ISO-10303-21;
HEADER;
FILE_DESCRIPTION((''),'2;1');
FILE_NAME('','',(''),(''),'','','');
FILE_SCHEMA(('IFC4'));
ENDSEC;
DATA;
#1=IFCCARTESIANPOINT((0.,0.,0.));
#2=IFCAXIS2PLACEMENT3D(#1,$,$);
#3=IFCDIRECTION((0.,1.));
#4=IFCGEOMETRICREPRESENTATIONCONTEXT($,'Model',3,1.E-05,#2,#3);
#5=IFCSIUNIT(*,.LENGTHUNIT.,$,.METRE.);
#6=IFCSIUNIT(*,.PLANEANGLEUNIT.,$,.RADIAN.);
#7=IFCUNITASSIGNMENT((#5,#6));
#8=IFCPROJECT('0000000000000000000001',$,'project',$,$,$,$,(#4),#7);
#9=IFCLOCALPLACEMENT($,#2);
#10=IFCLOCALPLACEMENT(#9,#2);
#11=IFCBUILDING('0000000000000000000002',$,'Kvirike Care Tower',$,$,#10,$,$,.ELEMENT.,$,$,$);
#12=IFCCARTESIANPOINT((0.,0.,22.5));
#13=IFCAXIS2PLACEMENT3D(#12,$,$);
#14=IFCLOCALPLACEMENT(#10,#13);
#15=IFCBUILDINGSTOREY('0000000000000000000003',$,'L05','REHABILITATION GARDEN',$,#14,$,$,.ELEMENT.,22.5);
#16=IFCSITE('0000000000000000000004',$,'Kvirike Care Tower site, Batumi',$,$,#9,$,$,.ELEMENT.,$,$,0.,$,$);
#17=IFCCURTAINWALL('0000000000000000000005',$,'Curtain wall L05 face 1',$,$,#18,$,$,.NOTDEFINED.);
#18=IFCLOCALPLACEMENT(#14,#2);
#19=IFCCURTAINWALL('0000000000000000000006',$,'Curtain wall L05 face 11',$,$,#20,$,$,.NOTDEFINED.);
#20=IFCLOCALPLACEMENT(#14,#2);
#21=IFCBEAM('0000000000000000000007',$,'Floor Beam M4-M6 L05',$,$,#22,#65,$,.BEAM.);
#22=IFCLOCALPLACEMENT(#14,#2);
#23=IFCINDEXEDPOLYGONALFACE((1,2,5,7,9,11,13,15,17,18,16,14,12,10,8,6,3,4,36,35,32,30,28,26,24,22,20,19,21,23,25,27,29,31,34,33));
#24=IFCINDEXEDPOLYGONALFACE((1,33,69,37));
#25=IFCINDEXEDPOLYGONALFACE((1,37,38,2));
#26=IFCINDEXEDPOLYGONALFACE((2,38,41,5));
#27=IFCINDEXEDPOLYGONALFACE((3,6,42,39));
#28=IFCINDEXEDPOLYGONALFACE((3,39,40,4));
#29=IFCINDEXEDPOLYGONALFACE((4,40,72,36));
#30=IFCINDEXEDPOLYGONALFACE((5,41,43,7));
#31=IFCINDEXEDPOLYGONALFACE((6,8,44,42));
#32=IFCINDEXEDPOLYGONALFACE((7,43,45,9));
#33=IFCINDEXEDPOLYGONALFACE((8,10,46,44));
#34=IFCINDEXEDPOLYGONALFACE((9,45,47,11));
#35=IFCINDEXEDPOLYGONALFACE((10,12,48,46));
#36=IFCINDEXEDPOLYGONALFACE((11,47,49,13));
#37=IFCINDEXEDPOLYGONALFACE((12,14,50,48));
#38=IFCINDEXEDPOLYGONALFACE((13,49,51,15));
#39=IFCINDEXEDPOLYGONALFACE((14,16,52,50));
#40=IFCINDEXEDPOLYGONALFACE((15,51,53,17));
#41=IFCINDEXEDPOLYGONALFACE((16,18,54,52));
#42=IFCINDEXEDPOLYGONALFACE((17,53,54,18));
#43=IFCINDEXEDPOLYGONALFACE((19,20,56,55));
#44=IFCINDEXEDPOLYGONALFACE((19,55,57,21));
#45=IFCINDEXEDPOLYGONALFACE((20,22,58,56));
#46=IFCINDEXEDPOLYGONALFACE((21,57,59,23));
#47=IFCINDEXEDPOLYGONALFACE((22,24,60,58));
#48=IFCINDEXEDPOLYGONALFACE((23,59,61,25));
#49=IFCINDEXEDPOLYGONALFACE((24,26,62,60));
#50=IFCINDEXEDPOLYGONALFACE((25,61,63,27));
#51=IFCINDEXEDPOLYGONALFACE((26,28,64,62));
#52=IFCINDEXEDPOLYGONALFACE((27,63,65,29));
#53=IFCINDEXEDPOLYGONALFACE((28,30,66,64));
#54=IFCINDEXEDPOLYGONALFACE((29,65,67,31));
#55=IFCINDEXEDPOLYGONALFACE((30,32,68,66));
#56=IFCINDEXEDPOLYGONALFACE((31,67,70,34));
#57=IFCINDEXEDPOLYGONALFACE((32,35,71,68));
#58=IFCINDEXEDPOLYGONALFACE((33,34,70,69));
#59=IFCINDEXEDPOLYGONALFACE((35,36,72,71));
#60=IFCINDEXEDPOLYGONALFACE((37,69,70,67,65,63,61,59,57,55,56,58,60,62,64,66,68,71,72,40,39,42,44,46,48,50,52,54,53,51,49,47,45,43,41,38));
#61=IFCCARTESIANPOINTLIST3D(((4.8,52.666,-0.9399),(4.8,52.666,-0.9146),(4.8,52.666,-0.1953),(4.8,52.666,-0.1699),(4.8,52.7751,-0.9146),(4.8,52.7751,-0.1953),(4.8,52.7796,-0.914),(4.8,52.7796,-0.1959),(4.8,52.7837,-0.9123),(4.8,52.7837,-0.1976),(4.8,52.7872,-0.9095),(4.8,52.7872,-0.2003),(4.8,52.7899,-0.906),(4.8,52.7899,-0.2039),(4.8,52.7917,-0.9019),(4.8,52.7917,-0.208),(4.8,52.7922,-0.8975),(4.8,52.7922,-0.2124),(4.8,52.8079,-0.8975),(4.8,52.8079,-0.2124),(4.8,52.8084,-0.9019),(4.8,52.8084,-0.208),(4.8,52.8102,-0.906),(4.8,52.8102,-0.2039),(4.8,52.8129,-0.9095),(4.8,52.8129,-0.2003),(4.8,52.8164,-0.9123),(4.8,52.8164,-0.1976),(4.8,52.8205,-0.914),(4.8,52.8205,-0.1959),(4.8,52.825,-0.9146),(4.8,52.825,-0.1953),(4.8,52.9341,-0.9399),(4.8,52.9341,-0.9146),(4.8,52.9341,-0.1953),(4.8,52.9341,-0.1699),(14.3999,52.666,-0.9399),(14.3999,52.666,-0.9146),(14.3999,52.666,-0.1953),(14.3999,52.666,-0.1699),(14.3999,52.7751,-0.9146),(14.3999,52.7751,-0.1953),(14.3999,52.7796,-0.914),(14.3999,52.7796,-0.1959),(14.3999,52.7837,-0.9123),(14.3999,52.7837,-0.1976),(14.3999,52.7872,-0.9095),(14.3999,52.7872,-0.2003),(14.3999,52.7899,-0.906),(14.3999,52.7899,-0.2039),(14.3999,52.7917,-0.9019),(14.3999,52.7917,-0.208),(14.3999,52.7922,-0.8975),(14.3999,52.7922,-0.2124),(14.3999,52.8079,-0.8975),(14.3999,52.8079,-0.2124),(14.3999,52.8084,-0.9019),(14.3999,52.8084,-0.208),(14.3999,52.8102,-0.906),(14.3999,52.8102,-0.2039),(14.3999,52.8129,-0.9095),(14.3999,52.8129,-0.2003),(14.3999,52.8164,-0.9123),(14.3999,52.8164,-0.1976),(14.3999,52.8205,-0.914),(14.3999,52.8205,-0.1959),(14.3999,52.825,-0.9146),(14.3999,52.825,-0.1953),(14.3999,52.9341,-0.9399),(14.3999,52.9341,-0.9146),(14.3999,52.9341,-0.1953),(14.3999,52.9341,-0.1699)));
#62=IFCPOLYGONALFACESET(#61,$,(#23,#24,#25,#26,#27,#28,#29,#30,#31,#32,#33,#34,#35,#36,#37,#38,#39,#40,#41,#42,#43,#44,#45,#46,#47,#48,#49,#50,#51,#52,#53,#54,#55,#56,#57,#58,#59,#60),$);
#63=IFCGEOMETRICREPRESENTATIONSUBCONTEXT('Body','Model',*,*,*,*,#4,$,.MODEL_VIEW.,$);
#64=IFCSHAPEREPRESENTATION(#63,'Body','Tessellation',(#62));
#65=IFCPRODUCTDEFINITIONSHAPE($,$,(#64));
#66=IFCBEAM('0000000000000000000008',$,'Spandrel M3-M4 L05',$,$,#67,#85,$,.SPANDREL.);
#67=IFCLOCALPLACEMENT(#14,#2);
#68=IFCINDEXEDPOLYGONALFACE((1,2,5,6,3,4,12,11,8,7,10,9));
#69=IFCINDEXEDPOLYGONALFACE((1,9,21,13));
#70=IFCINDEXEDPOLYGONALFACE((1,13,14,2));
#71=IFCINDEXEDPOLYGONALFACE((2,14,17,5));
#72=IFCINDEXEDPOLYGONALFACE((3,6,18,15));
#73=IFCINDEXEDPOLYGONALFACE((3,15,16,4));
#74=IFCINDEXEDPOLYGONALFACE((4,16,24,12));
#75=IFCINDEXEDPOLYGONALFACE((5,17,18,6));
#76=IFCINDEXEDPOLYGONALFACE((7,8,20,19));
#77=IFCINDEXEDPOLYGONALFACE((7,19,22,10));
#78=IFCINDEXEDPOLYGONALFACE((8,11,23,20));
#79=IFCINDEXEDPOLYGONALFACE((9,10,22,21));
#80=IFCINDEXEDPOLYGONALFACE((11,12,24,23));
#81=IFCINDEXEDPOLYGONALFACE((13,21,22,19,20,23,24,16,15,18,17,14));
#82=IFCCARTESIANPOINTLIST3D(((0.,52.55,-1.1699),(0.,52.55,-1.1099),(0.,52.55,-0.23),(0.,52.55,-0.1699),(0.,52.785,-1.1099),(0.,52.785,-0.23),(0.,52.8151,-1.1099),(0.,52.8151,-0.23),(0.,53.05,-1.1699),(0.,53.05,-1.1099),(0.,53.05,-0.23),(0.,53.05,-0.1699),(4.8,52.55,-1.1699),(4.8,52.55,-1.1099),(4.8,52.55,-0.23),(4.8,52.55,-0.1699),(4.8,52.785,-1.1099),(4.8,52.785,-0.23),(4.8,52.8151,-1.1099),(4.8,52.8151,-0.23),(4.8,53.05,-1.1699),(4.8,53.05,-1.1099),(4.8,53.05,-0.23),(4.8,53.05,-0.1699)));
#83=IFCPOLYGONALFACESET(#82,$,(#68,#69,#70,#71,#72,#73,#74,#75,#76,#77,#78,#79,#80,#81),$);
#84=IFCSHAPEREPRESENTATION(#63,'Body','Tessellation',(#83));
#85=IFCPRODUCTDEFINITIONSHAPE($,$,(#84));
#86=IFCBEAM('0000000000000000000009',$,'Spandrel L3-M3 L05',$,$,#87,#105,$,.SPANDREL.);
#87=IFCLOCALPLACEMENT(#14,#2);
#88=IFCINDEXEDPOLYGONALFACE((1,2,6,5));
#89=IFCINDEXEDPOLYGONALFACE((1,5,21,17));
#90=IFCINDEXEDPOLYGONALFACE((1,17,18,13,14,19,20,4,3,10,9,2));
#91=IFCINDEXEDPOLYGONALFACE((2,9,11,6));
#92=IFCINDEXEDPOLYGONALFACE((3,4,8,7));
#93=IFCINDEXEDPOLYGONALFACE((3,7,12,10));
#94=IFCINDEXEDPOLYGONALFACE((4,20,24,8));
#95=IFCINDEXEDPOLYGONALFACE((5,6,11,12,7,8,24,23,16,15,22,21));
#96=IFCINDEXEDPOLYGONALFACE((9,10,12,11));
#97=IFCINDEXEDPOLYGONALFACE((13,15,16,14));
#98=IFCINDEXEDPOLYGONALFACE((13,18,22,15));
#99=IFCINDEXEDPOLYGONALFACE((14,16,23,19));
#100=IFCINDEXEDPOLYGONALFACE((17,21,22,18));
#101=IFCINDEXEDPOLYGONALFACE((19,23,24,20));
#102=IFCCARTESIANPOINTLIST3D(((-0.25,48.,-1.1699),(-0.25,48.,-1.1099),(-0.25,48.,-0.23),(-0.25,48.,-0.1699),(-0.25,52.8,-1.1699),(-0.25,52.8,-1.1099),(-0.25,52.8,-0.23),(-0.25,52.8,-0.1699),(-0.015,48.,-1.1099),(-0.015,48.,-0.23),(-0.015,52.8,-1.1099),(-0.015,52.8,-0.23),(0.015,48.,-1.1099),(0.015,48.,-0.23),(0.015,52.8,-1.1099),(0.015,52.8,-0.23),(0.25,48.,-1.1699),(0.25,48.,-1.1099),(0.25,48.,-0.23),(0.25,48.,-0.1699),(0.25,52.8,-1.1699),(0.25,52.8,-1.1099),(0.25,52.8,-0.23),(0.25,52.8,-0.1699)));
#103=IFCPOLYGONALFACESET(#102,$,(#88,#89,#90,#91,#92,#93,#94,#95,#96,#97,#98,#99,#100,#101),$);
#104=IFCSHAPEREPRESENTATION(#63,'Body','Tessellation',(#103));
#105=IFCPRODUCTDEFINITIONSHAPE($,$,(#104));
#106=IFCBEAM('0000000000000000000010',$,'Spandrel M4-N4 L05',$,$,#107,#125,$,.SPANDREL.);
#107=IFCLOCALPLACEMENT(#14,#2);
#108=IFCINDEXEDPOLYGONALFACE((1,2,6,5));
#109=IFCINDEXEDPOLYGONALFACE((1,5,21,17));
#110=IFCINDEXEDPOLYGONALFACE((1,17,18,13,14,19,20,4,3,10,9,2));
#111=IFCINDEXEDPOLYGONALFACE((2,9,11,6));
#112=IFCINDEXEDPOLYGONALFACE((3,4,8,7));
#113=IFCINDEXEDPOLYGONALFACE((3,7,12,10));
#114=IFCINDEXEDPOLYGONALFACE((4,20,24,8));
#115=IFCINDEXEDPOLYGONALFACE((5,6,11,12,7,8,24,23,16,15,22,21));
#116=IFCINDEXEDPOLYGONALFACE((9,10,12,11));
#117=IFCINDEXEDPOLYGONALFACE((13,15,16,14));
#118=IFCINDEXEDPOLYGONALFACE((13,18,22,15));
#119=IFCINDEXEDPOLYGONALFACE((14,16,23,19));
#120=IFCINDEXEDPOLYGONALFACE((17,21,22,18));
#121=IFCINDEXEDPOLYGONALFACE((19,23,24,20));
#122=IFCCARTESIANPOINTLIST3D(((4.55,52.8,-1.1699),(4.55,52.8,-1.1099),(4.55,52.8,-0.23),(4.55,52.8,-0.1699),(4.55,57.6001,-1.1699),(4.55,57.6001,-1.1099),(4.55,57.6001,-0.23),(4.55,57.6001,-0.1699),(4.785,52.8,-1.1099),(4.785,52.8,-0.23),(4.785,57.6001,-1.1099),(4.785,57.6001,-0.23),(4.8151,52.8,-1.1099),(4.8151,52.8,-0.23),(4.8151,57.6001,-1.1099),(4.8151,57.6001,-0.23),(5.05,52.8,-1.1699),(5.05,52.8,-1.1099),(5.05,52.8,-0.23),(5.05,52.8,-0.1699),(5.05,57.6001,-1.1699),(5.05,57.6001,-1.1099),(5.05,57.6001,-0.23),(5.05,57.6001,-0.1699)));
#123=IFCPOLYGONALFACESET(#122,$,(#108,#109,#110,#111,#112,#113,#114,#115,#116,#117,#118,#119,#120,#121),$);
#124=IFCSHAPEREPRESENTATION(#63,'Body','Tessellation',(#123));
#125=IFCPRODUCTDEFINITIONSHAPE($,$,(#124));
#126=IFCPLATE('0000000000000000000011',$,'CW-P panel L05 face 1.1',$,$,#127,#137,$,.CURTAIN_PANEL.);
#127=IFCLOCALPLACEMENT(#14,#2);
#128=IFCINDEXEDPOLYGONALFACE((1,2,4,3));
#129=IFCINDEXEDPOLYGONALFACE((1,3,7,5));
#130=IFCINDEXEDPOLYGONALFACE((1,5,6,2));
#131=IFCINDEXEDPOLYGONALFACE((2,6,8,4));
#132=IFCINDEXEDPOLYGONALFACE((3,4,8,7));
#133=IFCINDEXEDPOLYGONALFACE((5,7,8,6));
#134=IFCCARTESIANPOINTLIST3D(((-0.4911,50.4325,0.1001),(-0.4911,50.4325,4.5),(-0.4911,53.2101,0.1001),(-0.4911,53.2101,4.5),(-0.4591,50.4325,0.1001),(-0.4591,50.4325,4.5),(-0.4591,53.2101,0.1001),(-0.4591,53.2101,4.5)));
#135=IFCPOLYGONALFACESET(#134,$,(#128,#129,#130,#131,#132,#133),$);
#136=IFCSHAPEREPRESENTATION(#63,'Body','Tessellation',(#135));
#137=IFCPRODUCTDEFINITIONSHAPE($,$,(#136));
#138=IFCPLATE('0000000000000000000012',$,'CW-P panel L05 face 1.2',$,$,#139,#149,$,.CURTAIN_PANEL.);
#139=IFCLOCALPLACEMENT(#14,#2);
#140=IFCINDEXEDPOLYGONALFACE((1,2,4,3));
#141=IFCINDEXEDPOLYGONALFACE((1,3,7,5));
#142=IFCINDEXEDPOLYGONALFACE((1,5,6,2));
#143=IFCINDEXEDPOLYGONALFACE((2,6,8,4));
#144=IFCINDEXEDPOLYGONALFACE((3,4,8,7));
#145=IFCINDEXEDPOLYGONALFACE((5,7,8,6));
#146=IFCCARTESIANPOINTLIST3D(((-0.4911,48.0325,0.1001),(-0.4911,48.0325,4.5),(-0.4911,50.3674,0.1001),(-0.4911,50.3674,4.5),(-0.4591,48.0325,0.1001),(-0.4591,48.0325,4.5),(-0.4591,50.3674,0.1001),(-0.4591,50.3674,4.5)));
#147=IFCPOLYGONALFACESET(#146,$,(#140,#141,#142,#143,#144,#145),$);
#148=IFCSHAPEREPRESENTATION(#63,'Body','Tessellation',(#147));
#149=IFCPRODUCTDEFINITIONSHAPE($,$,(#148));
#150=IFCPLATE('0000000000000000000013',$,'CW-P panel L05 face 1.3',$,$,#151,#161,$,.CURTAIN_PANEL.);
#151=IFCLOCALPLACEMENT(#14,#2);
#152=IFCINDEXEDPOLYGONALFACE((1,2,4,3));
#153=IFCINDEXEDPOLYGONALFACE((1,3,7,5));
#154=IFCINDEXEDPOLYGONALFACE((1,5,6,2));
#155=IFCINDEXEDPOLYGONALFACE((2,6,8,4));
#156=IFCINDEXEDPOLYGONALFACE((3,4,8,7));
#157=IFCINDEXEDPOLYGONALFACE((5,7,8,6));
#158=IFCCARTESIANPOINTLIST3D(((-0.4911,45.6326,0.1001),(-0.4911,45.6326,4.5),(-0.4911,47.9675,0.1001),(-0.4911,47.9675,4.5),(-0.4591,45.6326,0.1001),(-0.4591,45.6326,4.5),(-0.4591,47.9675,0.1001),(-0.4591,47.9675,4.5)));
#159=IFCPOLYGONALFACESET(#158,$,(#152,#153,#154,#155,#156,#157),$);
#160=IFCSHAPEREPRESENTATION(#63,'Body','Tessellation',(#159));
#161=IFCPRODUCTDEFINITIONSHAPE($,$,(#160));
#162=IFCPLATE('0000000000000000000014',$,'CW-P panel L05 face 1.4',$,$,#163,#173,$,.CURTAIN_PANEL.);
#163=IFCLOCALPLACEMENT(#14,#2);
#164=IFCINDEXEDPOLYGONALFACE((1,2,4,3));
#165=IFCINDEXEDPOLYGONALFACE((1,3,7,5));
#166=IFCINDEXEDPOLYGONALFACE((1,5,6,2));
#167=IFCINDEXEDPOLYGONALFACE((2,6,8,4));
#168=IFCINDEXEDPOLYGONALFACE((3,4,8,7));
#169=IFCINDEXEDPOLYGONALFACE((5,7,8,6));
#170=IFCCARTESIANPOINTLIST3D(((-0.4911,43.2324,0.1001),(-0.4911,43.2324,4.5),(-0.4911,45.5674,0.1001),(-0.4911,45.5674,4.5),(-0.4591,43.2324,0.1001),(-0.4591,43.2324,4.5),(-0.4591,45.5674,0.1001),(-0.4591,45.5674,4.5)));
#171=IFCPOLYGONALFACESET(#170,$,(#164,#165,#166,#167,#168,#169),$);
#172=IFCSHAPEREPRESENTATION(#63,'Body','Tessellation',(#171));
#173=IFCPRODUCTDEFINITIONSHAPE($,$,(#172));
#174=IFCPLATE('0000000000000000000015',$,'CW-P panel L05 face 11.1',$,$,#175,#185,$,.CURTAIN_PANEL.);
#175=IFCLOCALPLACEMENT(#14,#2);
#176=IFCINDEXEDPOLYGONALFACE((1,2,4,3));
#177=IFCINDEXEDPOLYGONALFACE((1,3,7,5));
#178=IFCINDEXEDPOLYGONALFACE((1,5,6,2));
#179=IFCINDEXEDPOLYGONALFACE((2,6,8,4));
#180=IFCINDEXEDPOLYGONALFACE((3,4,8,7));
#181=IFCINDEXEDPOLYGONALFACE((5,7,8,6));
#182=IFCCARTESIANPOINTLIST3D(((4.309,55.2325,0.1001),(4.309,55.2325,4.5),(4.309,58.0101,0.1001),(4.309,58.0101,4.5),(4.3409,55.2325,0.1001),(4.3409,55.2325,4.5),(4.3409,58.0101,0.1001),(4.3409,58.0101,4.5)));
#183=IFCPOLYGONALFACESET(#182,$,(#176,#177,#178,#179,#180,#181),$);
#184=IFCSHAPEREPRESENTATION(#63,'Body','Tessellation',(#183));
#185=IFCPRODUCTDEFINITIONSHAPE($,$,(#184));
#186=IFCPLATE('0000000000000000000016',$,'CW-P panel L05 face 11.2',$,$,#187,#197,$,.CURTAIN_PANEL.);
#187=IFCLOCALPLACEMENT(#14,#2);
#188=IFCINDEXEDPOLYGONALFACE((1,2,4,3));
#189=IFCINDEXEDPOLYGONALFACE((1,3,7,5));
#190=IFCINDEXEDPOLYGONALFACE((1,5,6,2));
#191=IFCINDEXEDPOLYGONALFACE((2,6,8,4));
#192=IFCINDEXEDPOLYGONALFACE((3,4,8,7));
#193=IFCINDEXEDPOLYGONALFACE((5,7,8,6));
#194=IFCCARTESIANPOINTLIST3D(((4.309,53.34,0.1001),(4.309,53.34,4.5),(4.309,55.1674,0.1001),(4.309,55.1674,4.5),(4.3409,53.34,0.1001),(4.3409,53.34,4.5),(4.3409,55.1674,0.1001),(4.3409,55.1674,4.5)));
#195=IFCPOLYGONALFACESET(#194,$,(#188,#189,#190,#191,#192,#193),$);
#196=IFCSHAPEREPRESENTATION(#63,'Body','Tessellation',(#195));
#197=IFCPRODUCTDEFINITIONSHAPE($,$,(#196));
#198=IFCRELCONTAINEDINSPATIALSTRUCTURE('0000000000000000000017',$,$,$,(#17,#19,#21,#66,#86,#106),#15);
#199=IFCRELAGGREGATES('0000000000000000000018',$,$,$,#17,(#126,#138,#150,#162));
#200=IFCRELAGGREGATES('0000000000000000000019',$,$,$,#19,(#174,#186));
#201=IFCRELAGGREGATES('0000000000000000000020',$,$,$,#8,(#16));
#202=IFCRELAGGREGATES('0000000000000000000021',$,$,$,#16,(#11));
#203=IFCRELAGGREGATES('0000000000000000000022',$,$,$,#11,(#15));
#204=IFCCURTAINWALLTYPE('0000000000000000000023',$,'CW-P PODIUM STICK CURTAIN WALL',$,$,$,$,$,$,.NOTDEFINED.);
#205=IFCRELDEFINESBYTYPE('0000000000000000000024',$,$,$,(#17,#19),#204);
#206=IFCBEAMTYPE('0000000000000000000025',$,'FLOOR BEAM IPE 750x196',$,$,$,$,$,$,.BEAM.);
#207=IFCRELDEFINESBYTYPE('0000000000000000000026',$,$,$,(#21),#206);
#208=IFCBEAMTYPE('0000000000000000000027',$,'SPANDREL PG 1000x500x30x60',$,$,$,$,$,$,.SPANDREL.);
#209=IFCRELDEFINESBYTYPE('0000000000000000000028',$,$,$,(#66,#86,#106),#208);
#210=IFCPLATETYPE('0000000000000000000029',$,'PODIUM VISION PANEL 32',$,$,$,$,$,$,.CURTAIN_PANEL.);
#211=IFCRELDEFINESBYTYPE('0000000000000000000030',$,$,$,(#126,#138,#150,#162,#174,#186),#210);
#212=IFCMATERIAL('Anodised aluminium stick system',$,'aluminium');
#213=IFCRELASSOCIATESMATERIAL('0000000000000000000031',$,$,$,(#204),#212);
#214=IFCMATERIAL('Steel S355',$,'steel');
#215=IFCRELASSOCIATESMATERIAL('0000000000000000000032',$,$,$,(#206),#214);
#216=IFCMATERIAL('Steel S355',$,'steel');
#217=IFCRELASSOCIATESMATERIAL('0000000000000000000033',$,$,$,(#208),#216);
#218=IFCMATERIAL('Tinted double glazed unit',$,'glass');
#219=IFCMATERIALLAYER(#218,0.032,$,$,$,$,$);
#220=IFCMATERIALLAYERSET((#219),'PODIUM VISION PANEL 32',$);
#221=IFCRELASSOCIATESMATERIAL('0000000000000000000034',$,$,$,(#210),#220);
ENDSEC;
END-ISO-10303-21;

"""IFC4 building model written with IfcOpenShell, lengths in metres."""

from ifc_helpers import new_model, si_unit, direction, frame, origin, origin_2d, place, context, subcontext, project, spatial, rectangle, i_section, extrude, material, layer, layer_set, material_profile, profile_set, type_object, element, aggregate, save


model = new_model("IFC4")

# Units and contexts
model_context = context("Model", 3, precision=1e-05, world=origin(), true_north=direction((0.0, 1.0)))
body_context = subcontext(model_context, "Body", "Model", "MODEL_VIEW")
ifc_project = project(units=[si_unit("LENGTHUNIT", "METRE"), si_unit("PLANEANGLEUNIT", "RADIAN")], contexts=[model_context])

# Site, building, storey
site_placement = place(None, origin())
site = spatial("IfcSite", under=ifc_project, at=site_placement, Name="Kvirike Care Tower site, Batumi", CompositionType="ELEMENT", RefElevation=0.0)
building_placement = place(site_placement, origin())
building = spatial("IfcBuilding", under=site, at=building_placement, Name="Kvirike Care Tower", CompositionType="ELEMENT")
storey_placement = place(building_placement, frame((0.0, 0.0, 22.5)))
storey = spatial("IfcBuildingStorey", under=building, at=storey_placement, Name="L05", Description="REHABILITATION GARDEN", CompositionType="ELEMENT", Elevation=22.5)

# Curtain wall
ifc_material_1 = material(Name="Anodised aluminium stick system", Category="aluminium")
curtain_wall_type = type_object("IfcCurtainWallType", Name="CW-P PODIUM STICK CURTAIN WALL", PredefinedType="NOTDEFINED", material=ifc_material_1)
curtain_wall_1_placement = place(storey_placement, origin())
curtain_wall_1 = element("IfcCurtainWall", 1, at=curtain_wall_1_placement, inside=storey, type_object=curtain_wall_type, Name="Curtain wall L05 face 1", PredefinedType="NOTDEFINED")

# Curtain wall
curtain_wall_2_placement = place(storey_placement, origin())
curtain_wall_2 = element("IfcCurtainWall", 2, at=curtain_wall_2_placement, inside=storey, type_object=curtain_wall_type, Name="Curtain wall L05 face 11", PredefinedType="NOTDEFINED")

# Beams
ifc_material_2 = material(Name="Steel S355", Category="steel")
ifc_material_profile_1 = material_profile(ifc_material_2, i_section(OverallWidth=0.2681, OverallDepth=0.77, WebThickness=0.0156, FlangeThickness=0.0254, FilletRadius=0.0171, at=origin_2d()), Name="IPE 750x196")
ifc_profile_set_1 = profile_set([ifc_material_profile_1], Name="Steel S355")
beam_type_1 = type_object("IfcBeamType", Name="FLOOR BEAM IPE 750x196", PredefinedType="BEAM", material=ifc_profile_set_1)
beam_1_placement = place(storey_placement, frame((4.8, 52.8, -0.5549), z_axis=(1.0, 0.0, 0.0), x_axis=(0.0, 1.0, 0.0)))
element("IfcBeam", 3, at=beam_1_placement, inside=storey, type_object=beam_type_1, Name="Floor Beam M4-M6 L05", PredefinedType="BEAM", context=body_context, shape_type="SweptSolid", body=[
    extrude(i_section(OverallWidth=0.2681, OverallDepth=0.77, WebThickness=0.0156, FlangeThickness=0.0254, FilletRadius=0.0171, at=origin_2d()), origin(), (0.0, 0.0, 1.0), 9.5999),
])
ifc_material_3 = material(Name="Steel S355", Category="steel")
ifc_material_profile_2 = material_profile(ifc_material_3, i_section(OverallWidth=0.5, OverallDepth=1.0, WebThickness=0.03, FlangeThickness=0.0601, at=origin_2d()), Name="PG 1000x500x30x60")
ifc_profile_set_2 = profile_set([ifc_material_profile_2], Name="Steel S355")
beam_type_2 = type_object("IfcBeamType", Name="SPANDREL PG 1000x500x30x60", PredefinedType="SPANDREL", material=ifc_profile_set_2)
for number, where, z_axis, x_axis, name in (
    (4, (0.0, 52.8, -0.6699), (1.0, 0.0, 0.0), (0.0, 1.0, 0.0), "Spandrel M3-M4 L05"),
    (5, (0.0, 48.0, -0.6699), (0.0, 1.0, 0.0), (-1.0, 0.0, 0.0), "Spandrel L3-M3 L05"),
    (6, (4.8, 52.8, -0.6699), (0.0, 1.0, 0.0), (-1.0, 0.0, 0.0), "Spandrel M4-N4 L05"),
):
    element("IfcBeam", number, at=place(storey_placement, frame(where, z_axis=z_axis, x_axis=x_axis)), inside=storey, type_object=beam_type_2, Name=name, PredefinedType="SPANDREL", context=body_context, shape_type="SweptSolid", body=[
        extrude(i_section(OverallWidth=0.5, OverallDepth=1.0, WebThickness=0.03, FlangeThickness=0.0601, at=origin_2d()), origin(), (0.0, 0.0, 1.0), 4.8),
    ])

# Plates
ifc_material_4 = material(Name="Tinted double glazed unit", Category="glass")
ifc_layer_1 = layer(ifc_material_4, 0.032)
ifc_layer_set_1 = layer_set([ifc_layer_1], Name="PODIUM VISION PANEL 32")
plate_type = type_object("IfcPlateType", Name="PODIUM VISION PANEL 32", PredefinedType="CURTAIN_PANEL", material=ifc_layer_set_1)
plate_1_placement = place(storey_placement, frame((-0.4751, 51.8213, 0.1001), z_axis=(0.0, 0.0, 1.0), x_axis=(0.0, -1.0, 0.0)))
plate_1 = element("IfcPlate", 7, at=plate_1_placement, type_object=plate_type, Name="CW-P panel L05 face 1.1", PredefinedType="CURTAIN_PANEL", context=body_context, shape_type="SweptSolid", body=[
    extrude(rectangle(XDim=2.7776, YDim=0.032, at=origin_2d()), origin(), (0.0, 0.0, 1.0), 4.3999),
])
plate_2_placement = place(storey_placement, frame((-0.4751, 49.2, 0.1001), z_axis=(0.0, 0.0, 1.0), x_axis=(0.0, -1.0, 0.0)))
plate_2 = element("IfcPlate", 8, at=plate_2_placement, type_object=plate_type, Name="CW-P panel L05 face 1.2", PredefinedType="CURTAIN_PANEL", context=body_context, shape_type="SweptSolid", body=[
    extrude(rectangle(XDim=2.335, YDim=0.032, at=origin_2d()), origin(), (0.0, 0.0, 1.0), 4.3999),
])
plate_3_placement = place(storey_placement, frame((-0.4751, 46.8, 0.1001), z_axis=(0.0, 0.0, 1.0), x_axis=(0.0, -1.0, 0.0)))
plate_3 = element("IfcPlate", 9, at=plate_3_placement, type_object=plate_type, Name="CW-P panel L05 face 1.3", PredefinedType="CURTAIN_PANEL", context=body_context, shape_type="SweptSolid", body=[
    extrude(rectangle(XDim=2.335, YDim=0.032, at=origin_2d()), origin(), (0.0, 0.0, 1.0), 4.3999),
])
plate_4_placement = place(storey_placement, frame((-0.4751, 44.3999, 0.1001), z_axis=(0.0, 0.0, 1.0), x_axis=(0.0, -1.0, 0.0)))
plate_4 = element("IfcPlate", 10, at=plate_4_placement, type_object=plate_type, Name="CW-P panel L05 face 1.4", PredefinedType="CURTAIN_PANEL", context=body_context, shape_type="SweptSolid", body=[
    extrude(rectangle(XDim=2.335, YDim=0.032, at=origin_2d()), origin(), (0.0, 0.0, 1.0), 4.3999),
])
aggregate(curtain_wall_1, [plate_1, plate_2, plate_3, plate_4])
plate_5_placement = place(storey_placement, frame((4.325, 56.6213, 0.1001), z_axis=(0.0, 0.0, 1.0), x_axis=(0.0, -1.0, 0.0)))
plate_5 = element("IfcPlate", 11, at=plate_5_placement, type_object=plate_type, Name="CW-P panel L05 face 11.1", PredefinedType="CURTAIN_PANEL", context=body_context, shape_type="SweptSolid", body=[
    extrude(rectangle(XDim=2.7776, YDim=0.032, at=origin_2d()), origin(), (0.0, 0.0, 1.0), 4.3999),
])
plate_6_placement = place(storey_placement, frame((4.325, 54.2537, 0.1001), z_axis=(0.0, 0.0, 1.0), x_axis=(0.0, -1.0, 0.0)))
plate_6 = element("IfcPlate", 12, at=plate_6_placement, type_object=plate_type, Name="CW-P panel L05 face 11.2", PredefinedType="CURTAIN_PANEL", context=body_context, shape_type="SweptSolid", body=[
    extrude(rectangle(XDim=1.8274, YDim=0.032, at=origin_2d()), origin(), (0.0, 0.0, 1.0), 4.3999),
])
aggregate(curtain_wall_2, [plate_5, plate_6])

save(model, "model.ifc")
